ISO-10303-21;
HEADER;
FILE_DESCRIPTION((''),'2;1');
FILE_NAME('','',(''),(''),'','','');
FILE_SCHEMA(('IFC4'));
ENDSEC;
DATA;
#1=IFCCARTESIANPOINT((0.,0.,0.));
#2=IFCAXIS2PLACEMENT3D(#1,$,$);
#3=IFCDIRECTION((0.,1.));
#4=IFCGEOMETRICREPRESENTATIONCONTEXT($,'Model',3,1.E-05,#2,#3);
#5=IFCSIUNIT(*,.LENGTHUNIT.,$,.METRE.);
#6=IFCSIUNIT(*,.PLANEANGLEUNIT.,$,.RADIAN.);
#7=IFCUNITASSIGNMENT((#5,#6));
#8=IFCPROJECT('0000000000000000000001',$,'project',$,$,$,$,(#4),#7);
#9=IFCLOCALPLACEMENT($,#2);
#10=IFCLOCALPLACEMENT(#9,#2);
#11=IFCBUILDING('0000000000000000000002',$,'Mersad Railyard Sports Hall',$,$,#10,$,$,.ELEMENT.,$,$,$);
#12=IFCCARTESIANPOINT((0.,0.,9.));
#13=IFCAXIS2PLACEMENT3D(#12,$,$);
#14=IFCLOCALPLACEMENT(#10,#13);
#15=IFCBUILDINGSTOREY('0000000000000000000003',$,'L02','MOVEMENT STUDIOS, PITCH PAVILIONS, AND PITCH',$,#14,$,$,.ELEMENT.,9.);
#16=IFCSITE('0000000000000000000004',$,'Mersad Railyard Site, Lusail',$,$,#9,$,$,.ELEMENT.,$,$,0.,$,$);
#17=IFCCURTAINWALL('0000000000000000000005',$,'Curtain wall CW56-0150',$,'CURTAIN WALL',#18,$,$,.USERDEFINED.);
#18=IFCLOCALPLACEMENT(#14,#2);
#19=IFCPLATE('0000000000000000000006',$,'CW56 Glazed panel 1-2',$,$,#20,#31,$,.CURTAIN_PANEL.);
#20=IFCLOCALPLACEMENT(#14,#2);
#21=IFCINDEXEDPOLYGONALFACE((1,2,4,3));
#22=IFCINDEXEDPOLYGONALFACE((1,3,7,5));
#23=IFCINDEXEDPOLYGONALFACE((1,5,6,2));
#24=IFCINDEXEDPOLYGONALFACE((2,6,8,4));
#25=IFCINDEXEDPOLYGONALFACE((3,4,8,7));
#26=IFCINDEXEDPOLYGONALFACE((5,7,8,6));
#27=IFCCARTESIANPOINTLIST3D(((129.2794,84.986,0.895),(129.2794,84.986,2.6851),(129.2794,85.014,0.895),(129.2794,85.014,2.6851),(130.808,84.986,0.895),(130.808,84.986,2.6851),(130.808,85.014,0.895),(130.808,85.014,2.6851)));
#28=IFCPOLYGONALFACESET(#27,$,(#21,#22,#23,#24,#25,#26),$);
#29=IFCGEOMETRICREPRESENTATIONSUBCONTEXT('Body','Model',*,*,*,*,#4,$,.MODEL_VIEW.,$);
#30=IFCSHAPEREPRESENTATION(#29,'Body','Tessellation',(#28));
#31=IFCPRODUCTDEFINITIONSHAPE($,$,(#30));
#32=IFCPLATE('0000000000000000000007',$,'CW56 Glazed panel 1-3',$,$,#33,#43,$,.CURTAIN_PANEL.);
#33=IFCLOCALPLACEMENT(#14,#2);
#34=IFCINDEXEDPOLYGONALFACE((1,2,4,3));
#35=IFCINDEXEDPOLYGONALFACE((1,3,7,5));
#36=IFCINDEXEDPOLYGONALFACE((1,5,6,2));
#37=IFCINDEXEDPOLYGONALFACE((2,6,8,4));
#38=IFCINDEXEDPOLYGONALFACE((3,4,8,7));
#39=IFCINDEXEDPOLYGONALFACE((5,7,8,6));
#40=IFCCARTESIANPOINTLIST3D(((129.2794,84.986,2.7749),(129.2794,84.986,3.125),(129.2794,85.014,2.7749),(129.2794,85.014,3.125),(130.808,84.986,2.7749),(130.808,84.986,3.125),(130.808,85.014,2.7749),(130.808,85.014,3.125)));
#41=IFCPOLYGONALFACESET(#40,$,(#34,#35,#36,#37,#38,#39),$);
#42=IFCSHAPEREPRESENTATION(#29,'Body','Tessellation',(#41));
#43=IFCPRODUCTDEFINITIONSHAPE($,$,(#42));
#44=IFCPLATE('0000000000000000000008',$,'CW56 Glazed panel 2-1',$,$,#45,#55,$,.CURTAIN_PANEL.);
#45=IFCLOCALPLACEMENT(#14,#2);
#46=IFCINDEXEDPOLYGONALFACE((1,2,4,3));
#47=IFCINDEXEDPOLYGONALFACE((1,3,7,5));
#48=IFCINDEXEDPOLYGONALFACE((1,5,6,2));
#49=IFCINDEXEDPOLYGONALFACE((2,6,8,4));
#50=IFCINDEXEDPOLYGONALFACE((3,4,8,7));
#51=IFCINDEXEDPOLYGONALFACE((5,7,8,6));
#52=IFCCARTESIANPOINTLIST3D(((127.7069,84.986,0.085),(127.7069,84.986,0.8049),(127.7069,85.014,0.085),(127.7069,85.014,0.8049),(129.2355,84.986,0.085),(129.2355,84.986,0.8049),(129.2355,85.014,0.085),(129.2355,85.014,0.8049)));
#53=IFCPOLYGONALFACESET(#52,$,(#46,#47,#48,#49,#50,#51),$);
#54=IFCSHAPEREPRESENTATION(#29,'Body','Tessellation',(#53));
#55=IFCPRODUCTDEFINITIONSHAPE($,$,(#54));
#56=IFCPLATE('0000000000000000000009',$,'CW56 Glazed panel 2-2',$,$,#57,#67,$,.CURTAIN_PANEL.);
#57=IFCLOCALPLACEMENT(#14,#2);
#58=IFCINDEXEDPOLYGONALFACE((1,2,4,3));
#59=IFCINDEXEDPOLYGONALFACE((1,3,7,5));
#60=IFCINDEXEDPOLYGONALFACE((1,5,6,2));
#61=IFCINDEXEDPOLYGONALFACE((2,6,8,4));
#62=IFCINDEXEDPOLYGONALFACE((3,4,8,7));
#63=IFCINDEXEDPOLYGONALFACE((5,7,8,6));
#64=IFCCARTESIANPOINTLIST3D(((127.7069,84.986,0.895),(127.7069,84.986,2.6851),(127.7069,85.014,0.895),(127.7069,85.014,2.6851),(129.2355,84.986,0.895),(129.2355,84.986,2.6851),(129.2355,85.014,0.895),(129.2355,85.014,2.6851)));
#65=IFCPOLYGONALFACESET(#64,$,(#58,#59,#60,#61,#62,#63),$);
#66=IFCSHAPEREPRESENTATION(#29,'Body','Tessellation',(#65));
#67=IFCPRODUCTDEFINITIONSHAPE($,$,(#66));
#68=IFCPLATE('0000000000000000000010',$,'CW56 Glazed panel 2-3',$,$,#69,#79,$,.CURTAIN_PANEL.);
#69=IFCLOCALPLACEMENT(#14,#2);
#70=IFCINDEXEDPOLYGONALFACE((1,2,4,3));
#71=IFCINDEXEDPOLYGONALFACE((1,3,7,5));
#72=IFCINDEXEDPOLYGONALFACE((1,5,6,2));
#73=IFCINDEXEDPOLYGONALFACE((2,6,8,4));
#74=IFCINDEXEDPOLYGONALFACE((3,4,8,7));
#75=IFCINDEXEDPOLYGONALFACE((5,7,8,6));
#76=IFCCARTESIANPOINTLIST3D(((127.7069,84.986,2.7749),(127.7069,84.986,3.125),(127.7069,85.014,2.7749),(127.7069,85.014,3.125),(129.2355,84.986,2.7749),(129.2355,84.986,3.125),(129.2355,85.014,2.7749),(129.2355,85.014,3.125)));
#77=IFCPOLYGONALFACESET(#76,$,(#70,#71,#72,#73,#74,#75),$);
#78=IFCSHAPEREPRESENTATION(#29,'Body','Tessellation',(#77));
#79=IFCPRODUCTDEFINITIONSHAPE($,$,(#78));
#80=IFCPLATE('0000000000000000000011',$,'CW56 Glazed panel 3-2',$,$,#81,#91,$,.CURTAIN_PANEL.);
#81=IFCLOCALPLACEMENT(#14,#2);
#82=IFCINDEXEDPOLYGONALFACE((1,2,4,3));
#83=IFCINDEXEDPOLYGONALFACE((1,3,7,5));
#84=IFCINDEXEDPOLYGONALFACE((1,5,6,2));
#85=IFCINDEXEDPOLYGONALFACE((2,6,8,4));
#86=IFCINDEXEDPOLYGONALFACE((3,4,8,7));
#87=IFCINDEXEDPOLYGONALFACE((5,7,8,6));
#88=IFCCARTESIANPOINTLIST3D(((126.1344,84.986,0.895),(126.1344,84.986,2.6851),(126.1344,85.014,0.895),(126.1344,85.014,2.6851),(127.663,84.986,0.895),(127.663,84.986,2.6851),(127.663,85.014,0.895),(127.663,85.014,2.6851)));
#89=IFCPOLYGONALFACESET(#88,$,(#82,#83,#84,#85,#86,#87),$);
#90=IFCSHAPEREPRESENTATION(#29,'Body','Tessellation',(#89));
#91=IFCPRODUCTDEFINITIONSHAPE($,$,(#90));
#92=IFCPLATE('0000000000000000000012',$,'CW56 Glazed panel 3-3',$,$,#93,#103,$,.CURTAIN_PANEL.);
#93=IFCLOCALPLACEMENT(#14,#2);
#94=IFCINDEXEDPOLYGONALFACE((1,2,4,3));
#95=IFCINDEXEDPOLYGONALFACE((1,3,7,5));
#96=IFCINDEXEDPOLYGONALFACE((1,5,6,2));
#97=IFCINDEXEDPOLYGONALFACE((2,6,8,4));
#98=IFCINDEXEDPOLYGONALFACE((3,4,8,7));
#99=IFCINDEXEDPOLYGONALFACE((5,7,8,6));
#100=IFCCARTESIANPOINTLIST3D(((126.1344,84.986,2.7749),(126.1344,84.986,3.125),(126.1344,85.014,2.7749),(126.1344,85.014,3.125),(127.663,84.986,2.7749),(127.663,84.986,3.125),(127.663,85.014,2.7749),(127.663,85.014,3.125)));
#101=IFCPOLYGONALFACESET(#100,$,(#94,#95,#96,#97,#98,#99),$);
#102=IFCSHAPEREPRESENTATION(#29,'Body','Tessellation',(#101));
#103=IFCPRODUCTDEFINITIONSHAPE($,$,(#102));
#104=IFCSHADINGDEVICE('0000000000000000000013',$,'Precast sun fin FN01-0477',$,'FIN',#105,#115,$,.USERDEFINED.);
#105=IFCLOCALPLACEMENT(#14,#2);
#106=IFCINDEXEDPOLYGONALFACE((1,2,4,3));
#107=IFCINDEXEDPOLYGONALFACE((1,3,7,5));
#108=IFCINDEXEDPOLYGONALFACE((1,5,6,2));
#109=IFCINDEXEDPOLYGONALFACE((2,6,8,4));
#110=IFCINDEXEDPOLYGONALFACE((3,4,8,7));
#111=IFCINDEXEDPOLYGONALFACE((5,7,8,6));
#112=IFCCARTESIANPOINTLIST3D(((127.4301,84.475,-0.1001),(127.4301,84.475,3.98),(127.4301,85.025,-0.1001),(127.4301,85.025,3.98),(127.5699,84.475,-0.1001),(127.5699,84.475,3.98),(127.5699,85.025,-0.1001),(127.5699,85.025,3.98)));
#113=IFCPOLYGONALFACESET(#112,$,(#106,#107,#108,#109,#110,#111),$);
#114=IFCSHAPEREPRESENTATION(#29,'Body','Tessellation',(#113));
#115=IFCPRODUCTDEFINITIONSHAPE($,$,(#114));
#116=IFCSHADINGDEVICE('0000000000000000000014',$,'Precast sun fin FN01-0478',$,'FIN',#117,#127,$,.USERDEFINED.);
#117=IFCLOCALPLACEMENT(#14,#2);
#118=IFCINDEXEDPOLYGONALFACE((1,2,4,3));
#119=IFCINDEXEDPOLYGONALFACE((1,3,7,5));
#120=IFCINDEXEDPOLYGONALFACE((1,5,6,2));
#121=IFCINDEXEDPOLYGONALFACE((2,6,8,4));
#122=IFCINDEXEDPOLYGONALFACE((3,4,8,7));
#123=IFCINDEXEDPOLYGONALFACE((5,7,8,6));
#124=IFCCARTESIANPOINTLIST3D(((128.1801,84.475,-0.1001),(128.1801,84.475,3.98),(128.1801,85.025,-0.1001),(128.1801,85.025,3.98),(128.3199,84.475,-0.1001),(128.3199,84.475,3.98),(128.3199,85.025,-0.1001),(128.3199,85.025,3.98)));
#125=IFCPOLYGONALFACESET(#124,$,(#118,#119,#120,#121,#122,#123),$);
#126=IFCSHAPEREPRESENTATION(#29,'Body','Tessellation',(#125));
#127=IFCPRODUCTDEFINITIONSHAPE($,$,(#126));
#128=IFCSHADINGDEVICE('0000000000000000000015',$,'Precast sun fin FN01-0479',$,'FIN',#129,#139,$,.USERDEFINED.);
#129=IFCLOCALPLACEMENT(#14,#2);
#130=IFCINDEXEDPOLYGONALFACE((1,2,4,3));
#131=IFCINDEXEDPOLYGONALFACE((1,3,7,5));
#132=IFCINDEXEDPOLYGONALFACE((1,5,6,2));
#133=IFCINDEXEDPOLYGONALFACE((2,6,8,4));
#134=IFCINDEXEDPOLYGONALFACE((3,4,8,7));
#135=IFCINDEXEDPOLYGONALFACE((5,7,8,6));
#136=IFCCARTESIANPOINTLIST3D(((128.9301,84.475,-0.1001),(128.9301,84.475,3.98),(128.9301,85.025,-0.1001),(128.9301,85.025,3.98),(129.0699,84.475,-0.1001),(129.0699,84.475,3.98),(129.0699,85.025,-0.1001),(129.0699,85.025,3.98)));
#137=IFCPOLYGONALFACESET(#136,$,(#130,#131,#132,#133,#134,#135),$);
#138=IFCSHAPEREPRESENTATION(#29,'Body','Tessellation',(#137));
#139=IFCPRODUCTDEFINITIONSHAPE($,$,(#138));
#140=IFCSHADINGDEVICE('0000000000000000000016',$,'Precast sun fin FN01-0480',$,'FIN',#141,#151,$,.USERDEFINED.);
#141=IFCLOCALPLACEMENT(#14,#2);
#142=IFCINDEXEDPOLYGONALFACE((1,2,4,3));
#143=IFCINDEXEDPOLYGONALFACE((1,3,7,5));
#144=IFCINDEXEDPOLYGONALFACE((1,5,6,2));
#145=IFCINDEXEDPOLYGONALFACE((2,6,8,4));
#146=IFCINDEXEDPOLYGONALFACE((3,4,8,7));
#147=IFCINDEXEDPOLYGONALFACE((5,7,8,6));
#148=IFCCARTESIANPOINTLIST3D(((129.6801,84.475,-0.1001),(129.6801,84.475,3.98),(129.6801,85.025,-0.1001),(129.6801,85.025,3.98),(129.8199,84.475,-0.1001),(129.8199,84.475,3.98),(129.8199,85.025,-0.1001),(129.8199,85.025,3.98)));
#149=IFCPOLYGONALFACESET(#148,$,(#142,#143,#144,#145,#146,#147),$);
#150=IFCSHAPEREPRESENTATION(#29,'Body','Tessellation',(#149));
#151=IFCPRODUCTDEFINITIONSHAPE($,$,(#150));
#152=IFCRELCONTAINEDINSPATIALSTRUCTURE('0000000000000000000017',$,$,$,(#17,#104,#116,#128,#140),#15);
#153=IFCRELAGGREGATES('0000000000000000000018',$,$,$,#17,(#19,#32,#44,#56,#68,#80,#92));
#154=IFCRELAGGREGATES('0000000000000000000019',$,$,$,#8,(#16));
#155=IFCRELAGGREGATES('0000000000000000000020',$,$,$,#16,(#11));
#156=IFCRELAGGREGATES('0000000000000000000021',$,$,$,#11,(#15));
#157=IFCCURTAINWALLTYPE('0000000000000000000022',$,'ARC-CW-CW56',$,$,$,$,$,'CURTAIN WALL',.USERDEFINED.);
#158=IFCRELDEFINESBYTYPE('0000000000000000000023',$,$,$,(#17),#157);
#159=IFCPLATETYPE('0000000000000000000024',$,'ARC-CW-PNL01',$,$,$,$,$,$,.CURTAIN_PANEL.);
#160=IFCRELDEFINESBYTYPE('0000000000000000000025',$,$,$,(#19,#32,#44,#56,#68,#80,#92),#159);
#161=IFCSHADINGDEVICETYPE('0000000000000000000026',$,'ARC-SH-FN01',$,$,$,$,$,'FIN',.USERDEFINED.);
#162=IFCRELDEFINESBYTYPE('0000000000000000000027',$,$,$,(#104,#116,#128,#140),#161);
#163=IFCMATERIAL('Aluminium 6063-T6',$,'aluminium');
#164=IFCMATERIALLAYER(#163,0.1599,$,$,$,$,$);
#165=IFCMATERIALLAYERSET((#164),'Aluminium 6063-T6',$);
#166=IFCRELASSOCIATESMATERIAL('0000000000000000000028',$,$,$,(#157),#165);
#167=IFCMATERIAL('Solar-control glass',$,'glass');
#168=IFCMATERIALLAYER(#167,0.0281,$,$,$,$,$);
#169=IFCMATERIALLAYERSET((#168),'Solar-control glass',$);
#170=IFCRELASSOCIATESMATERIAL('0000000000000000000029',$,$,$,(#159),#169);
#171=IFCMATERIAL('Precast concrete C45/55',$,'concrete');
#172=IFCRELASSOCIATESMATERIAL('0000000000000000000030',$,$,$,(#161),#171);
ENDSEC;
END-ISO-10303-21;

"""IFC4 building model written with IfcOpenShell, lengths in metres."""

from ifc_helpers import new_model, si_unit, direction, frame, origin, origin_2d, place, context, subcontext, project, spatial, rectangle, extrude, material, layer, layer_set, type_object, element, aggregate, save


model = new_model("IFC4")

# Units and contexts
model_context = context("Model", 3, precision=1e-05, world=origin(), true_north=direction((0.0, 1.0)))
body_context = subcontext(model_context, "Body", "Model", "MODEL_VIEW")
ifc_project = project(units=[si_unit("LENGTHUNIT", "METRE"), si_unit("PLANEANGLEUNIT", "RADIAN")], contexts=[model_context])

# Site, building, storey
site_placement = place(None, origin())
site = spatial("IfcSite", under=ifc_project, at=site_placement, Name="Mersad Railyard Site, Lusail", CompositionType="ELEMENT", RefElevation=0.0)
building_placement = place(site_placement, origin())
building = spatial("IfcBuilding", under=site, at=building_placement, Name="Mersad Railyard Sports Hall", CompositionType="ELEMENT")
storey_placement = place(building_placement, frame((0.0, 0.0, 9.0)))
storey = spatial("IfcBuildingStorey", under=building, at=storey_placement, Name="L02", Description="MOVEMENT STUDIOS, PITCH PAVILIONS, AND PITCH", CompositionType="ELEMENT", Elevation=9.0)

# Curtain wall, plates
ifc_material_1 = material(Name="Aluminium 6063-T6", Category="aluminium")
ifc_layer_1 = layer(ifc_material_1, 0.1599)
ifc_layer_set_1 = layer_set([ifc_layer_1], Name="Aluminium 6063-T6")
curtain_wall_type = type_object("IfcCurtainWallType", Name="ARC-CW-CW56", ElementType="CURTAIN WALL", PredefinedType="USERDEFINED", material=ifc_layer_set_1)
curtain_wall_placement = place(storey_placement, origin())
curtain_wall = element("IfcCurtainWall", 1, at=curtain_wall_placement, inside=storey, type_object=curtain_wall_type, Name="Curtain wall CW56-0150", ObjectType="CURTAIN WALL", PredefinedType="USERDEFINED")
ifc_material_2 = material(Name="Solar-control glass", Category="glass")
ifc_layer_2 = layer(ifc_material_2, 0.0281)
ifc_layer_set_2 = layer_set([ifc_layer_2], Name="Solar-control glass")
plate_type = type_object("IfcPlateType", Name="ARC-CW-PNL01", PredefinedType="CURTAIN_PANEL", material=ifc_layer_set_2)
plate_1_placement = place(storey_placement, frame((130.0437, 85.0, 0.895), z_axis=(0.0, 0.0, 1.0), x_axis=(-1.0, 0.0, 0.0)))
plate_1 = element("IfcPlate", 2, at=plate_1_placement, type_object=plate_type, Name="CW56 Glazed panel 1-2", PredefinedType="CURTAIN_PANEL", context=body_context, shape_type="SweptSolid", body=[
    extrude(rectangle(XDim=1.5286, YDim=0.0281, at=origin_2d()), origin(), (0.0, 0.0, 1.0), 1.79),
])
plate_2_placement = place(storey_placement, frame((130.0437, 85.0, 2.7749), z_axis=(0.0, 0.0, 1.0), x_axis=(-1.0, 0.0, 0.0)))
plate_2 = element("IfcPlate", 3, at=plate_2_placement, type_object=plate_type, Name="CW56 Glazed panel 1-3", PredefinedType="CURTAIN_PANEL", context=body_context, shape_type="SweptSolid", body=[
    extrude(rectangle(XDim=1.5286, YDim=0.0281, at=origin_2d()), origin(), (0.0, 0.0, 1.0), 0.3501),
])
plate_3_placement = place(storey_placement, frame((128.4712, 85.0, 0.085), z_axis=(0.0, 0.0, 1.0), x_axis=(-1.0, 0.0, 0.0)))
plate_3 = element("IfcPlate", 4, at=plate_3_placement, type_object=plate_type, Name="CW56 Glazed panel 2-1", PredefinedType="CURTAIN_PANEL", context=body_context, shape_type="SweptSolid", body=[
    extrude(rectangle(XDim=1.5286, YDim=0.0281, at=origin_2d()), origin(), (0.0, 0.0, 1.0), 0.72),
])
plate_4_placement = place(storey_placement, frame((128.4712, 85.0, 0.895), z_axis=(0.0, 0.0, 1.0), x_axis=(-1.0, 0.0, 0.0)))
plate_4 = element("IfcPlate", 5, at=plate_4_placement, type_object=plate_type, Name="CW56 Glazed panel 2-2", PredefinedType="CURTAIN_PANEL", context=body_context, shape_type="SweptSolid", body=[
    extrude(rectangle(XDim=1.5286, YDim=0.0281, at=origin_2d()), origin(), (0.0, 0.0, 1.0), 1.79),
])
plate_5_placement = place(storey_placement, frame((128.4712, 85.0, 2.7749), z_axis=(0.0, 0.0, 1.0), x_axis=(-1.0, 0.0, 0.0)))
plate_5 = element("IfcPlate", 6, at=plate_5_placement, type_object=plate_type, Name="CW56 Glazed panel 2-3", PredefinedType="CURTAIN_PANEL", context=body_context, shape_type="SweptSolid", body=[
    extrude(rectangle(XDim=1.5286, YDim=0.0281, at=origin_2d()), origin(), (0.0, 0.0, 1.0), 0.3501),
])
plate_6_placement = place(storey_placement, frame((126.8987, 85.0, 0.895), z_axis=(0.0, 0.0, 1.0), x_axis=(-1.0, 0.0, 0.0)))
plate_6 = element("IfcPlate", 7, at=plate_6_placement, type_object=plate_type, Name="CW56 Glazed panel 3-2", PredefinedType="CURTAIN_PANEL", context=body_context, shape_type="SweptSolid", body=[
    extrude(rectangle(XDim=1.5286, YDim=0.0281, at=origin_2d()), origin(), (0.0, 0.0, 1.0), 1.79),
])
plate_7_placement = place(storey_placement, frame((126.8987, 85.0, 2.7749), z_axis=(0.0, 0.0, 1.0), x_axis=(-1.0, 0.0, 0.0)))
plate_7 = element("IfcPlate", 8, at=plate_7_placement, type_object=plate_type, Name="CW56 Glazed panel 3-3", PredefinedType="CURTAIN_PANEL", context=body_context, shape_type="SweptSolid", body=[
    extrude(rectangle(XDim=1.5286, YDim=0.0281, at=origin_2d()), origin(), (0.0, 0.0, 1.0), 0.3501),
])
aggregate(curtain_wall, [plate_1, plate_2, plate_3, plate_4, plate_5, plate_6, plate_7])

# Shading devices
ifc_material_3 = material(Name="Precast concrete C45/55", Category="concrete")
shading_device_type = type_object("IfcShadingDeviceType", Name="ARC-SH-FN01", ElementType="FIN", PredefinedType="USERDEFINED", material=ifc_material_3)
for number, where, z_axis, x_axis, name in (
    (9, (127.5, 84.75, -0.1001), (0.0, 0.0, 1.0), (1.0, 0.0, 0.0), "Precast sun fin FN01-0477"),
    (10, (128.25, 84.75, -0.1001), (0.0, 0.0, 1.0), (1.0, 0.0, 0.0), "Precast sun fin FN01-0478"),
    (11, (129.0, 84.75, -0.1001), (0.0, 0.0, 1.0), (1.0, 0.0, 0.0), "Precast sun fin FN01-0479"),
    (12, (129.75, 84.75, -0.1001), (0.0, 0.0, 1.0), (1.0, 0.0, 0.0), "Precast sun fin FN01-0480"),
):
    element("IfcShadingDevice", number, at=place(storey_placement, frame(where, z_axis=z_axis, x_axis=x_axis)), inside=storey, type_object=shading_device_type, Name=name, ObjectType="FIN", PredefinedType="USERDEFINED", context=body_context, shape_type="SweptSolid", body=[
        extrude(rectangle(XDim=0.1399, YDim=0.55, at=origin_2d()), origin(), (0.0, 0.0, 1.0), 4.0801),
    ])

save(model, "model.ifc")
